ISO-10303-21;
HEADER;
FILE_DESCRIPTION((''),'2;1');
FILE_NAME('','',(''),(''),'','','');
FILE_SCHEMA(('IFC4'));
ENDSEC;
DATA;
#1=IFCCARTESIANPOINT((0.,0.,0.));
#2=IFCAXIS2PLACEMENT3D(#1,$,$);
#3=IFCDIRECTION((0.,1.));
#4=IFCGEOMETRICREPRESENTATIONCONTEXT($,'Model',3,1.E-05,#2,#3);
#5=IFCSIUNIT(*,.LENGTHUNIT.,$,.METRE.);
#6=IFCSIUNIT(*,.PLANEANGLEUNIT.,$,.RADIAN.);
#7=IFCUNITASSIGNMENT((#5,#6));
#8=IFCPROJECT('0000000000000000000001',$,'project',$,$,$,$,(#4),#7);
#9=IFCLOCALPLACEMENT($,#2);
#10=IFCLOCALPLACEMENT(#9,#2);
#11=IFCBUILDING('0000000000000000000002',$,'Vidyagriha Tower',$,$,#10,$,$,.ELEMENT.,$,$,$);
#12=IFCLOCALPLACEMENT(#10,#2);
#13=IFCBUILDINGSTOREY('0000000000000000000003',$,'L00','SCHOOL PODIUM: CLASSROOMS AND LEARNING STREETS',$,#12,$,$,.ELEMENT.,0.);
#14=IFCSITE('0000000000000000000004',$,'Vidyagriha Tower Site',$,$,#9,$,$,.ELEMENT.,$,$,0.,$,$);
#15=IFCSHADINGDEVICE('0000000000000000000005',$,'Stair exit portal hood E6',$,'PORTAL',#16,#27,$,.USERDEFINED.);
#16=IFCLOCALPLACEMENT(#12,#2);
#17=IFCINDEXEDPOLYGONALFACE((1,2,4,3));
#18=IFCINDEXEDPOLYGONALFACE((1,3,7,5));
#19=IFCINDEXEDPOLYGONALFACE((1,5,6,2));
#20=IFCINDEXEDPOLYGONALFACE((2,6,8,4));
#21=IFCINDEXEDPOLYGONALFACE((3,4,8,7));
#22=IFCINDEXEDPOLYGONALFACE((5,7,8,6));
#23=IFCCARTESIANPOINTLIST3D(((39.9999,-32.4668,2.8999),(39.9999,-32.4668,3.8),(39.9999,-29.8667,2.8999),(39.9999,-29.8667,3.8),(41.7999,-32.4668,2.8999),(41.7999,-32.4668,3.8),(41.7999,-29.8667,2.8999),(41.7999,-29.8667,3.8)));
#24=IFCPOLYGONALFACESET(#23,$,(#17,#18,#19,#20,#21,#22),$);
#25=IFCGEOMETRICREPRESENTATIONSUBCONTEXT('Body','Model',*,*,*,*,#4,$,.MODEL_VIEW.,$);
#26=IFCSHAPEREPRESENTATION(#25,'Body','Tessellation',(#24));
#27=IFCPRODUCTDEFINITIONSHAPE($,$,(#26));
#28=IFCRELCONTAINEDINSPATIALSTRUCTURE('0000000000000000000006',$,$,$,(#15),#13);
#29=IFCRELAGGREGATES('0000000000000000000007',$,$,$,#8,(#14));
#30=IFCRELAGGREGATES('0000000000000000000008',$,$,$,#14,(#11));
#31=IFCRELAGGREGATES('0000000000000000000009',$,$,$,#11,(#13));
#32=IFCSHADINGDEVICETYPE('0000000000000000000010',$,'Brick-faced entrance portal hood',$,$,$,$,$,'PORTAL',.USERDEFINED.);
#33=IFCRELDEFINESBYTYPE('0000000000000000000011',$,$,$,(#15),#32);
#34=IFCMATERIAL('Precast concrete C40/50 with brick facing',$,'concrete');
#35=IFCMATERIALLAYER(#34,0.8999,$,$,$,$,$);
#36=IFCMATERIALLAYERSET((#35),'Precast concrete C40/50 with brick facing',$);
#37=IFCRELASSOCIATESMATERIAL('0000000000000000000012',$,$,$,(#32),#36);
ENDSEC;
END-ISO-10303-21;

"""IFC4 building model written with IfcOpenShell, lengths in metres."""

from ifc_helpers import new_model, si_unit, direction, frame, frame_2d, origin, place, context, subcontext, project, spatial, rectangle, extrude, material, layer, layer_set, type_object, element, save


model = new_model("IFC4")

# Units and contexts
model_context = context("Model", 3, precision=1e-05, world=origin(), true_north=direction((0.0, 1.0)))
body_context = subcontext(model_context, "Body", "Model", "MODEL_VIEW")
ifc_project = project(units=[si_unit("LENGTHUNIT", "METRE"), si_unit("PLANEANGLEUNIT", "RADIAN")], contexts=[model_context])

# Site, building, storey
site_placement = place(None, origin())
site = spatial("IfcSite", under=ifc_project, at=site_placement, Name="Vidyagriha Tower Site", CompositionType="ELEMENT", RefElevation=0.0)
building_placement = place(site_placement, origin())
building = spatial("IfcBuilding", under=site, at=building_placement, Name="Vidyagriha Tower", CompositionType="ELEMENT")
storey_placement = place(building_placement, origin())
storey = spatial("IfcBuildingStorey", under=building, at=storey_placement, Name="L00", Description="SCHOOL PODIUM: CLASSROOMS AND LEARNING STREETS", CompositionType="ELEMENT", Elevation=0.0)

# Shading device
ifc_material_1 = material(Name="Precast concrete C40/50 with brick facing", Category="concrete")
ifc_layer_1 = layer(ifc_material_1, 0.8999)
ifc_layer_set_1 = layer_set([ifc_layer_1], Name="Precast concrete C40/50 with brick facing")
shading_device_type_1 = type_object("IfcShadingDeviceType", Name="Brick-faced entrance portal hood", ElementType="PORTAL", PredefinedType="USERDEFINED", material=ifc_layer_set_1)
shading_device_placement = place(storey_placement, frame((40.8999, -32.4668, 2.8999), z_axis=(0.0, 0.0, 1.0), x_axis=(0.0, 1.0, 0.0)))
element("IfcShadingDevice", 1, at=shading_device_placement, inside=storey, type_object=shading_device_type_1, Name="Stair exit portal hood E6", ObjectType="PORTAL", PredefinedType="USERDEFINED", context=body_context, shape_type="SweptSolid", body=[
    extrude(rectangle(XDim=2.6001, YDim=1.8, at=frame_2d((1.3, 0.0))), origin(), (0.0, 0.0, 1.0), 0.9001),
])

save(model, "model.ifc")
